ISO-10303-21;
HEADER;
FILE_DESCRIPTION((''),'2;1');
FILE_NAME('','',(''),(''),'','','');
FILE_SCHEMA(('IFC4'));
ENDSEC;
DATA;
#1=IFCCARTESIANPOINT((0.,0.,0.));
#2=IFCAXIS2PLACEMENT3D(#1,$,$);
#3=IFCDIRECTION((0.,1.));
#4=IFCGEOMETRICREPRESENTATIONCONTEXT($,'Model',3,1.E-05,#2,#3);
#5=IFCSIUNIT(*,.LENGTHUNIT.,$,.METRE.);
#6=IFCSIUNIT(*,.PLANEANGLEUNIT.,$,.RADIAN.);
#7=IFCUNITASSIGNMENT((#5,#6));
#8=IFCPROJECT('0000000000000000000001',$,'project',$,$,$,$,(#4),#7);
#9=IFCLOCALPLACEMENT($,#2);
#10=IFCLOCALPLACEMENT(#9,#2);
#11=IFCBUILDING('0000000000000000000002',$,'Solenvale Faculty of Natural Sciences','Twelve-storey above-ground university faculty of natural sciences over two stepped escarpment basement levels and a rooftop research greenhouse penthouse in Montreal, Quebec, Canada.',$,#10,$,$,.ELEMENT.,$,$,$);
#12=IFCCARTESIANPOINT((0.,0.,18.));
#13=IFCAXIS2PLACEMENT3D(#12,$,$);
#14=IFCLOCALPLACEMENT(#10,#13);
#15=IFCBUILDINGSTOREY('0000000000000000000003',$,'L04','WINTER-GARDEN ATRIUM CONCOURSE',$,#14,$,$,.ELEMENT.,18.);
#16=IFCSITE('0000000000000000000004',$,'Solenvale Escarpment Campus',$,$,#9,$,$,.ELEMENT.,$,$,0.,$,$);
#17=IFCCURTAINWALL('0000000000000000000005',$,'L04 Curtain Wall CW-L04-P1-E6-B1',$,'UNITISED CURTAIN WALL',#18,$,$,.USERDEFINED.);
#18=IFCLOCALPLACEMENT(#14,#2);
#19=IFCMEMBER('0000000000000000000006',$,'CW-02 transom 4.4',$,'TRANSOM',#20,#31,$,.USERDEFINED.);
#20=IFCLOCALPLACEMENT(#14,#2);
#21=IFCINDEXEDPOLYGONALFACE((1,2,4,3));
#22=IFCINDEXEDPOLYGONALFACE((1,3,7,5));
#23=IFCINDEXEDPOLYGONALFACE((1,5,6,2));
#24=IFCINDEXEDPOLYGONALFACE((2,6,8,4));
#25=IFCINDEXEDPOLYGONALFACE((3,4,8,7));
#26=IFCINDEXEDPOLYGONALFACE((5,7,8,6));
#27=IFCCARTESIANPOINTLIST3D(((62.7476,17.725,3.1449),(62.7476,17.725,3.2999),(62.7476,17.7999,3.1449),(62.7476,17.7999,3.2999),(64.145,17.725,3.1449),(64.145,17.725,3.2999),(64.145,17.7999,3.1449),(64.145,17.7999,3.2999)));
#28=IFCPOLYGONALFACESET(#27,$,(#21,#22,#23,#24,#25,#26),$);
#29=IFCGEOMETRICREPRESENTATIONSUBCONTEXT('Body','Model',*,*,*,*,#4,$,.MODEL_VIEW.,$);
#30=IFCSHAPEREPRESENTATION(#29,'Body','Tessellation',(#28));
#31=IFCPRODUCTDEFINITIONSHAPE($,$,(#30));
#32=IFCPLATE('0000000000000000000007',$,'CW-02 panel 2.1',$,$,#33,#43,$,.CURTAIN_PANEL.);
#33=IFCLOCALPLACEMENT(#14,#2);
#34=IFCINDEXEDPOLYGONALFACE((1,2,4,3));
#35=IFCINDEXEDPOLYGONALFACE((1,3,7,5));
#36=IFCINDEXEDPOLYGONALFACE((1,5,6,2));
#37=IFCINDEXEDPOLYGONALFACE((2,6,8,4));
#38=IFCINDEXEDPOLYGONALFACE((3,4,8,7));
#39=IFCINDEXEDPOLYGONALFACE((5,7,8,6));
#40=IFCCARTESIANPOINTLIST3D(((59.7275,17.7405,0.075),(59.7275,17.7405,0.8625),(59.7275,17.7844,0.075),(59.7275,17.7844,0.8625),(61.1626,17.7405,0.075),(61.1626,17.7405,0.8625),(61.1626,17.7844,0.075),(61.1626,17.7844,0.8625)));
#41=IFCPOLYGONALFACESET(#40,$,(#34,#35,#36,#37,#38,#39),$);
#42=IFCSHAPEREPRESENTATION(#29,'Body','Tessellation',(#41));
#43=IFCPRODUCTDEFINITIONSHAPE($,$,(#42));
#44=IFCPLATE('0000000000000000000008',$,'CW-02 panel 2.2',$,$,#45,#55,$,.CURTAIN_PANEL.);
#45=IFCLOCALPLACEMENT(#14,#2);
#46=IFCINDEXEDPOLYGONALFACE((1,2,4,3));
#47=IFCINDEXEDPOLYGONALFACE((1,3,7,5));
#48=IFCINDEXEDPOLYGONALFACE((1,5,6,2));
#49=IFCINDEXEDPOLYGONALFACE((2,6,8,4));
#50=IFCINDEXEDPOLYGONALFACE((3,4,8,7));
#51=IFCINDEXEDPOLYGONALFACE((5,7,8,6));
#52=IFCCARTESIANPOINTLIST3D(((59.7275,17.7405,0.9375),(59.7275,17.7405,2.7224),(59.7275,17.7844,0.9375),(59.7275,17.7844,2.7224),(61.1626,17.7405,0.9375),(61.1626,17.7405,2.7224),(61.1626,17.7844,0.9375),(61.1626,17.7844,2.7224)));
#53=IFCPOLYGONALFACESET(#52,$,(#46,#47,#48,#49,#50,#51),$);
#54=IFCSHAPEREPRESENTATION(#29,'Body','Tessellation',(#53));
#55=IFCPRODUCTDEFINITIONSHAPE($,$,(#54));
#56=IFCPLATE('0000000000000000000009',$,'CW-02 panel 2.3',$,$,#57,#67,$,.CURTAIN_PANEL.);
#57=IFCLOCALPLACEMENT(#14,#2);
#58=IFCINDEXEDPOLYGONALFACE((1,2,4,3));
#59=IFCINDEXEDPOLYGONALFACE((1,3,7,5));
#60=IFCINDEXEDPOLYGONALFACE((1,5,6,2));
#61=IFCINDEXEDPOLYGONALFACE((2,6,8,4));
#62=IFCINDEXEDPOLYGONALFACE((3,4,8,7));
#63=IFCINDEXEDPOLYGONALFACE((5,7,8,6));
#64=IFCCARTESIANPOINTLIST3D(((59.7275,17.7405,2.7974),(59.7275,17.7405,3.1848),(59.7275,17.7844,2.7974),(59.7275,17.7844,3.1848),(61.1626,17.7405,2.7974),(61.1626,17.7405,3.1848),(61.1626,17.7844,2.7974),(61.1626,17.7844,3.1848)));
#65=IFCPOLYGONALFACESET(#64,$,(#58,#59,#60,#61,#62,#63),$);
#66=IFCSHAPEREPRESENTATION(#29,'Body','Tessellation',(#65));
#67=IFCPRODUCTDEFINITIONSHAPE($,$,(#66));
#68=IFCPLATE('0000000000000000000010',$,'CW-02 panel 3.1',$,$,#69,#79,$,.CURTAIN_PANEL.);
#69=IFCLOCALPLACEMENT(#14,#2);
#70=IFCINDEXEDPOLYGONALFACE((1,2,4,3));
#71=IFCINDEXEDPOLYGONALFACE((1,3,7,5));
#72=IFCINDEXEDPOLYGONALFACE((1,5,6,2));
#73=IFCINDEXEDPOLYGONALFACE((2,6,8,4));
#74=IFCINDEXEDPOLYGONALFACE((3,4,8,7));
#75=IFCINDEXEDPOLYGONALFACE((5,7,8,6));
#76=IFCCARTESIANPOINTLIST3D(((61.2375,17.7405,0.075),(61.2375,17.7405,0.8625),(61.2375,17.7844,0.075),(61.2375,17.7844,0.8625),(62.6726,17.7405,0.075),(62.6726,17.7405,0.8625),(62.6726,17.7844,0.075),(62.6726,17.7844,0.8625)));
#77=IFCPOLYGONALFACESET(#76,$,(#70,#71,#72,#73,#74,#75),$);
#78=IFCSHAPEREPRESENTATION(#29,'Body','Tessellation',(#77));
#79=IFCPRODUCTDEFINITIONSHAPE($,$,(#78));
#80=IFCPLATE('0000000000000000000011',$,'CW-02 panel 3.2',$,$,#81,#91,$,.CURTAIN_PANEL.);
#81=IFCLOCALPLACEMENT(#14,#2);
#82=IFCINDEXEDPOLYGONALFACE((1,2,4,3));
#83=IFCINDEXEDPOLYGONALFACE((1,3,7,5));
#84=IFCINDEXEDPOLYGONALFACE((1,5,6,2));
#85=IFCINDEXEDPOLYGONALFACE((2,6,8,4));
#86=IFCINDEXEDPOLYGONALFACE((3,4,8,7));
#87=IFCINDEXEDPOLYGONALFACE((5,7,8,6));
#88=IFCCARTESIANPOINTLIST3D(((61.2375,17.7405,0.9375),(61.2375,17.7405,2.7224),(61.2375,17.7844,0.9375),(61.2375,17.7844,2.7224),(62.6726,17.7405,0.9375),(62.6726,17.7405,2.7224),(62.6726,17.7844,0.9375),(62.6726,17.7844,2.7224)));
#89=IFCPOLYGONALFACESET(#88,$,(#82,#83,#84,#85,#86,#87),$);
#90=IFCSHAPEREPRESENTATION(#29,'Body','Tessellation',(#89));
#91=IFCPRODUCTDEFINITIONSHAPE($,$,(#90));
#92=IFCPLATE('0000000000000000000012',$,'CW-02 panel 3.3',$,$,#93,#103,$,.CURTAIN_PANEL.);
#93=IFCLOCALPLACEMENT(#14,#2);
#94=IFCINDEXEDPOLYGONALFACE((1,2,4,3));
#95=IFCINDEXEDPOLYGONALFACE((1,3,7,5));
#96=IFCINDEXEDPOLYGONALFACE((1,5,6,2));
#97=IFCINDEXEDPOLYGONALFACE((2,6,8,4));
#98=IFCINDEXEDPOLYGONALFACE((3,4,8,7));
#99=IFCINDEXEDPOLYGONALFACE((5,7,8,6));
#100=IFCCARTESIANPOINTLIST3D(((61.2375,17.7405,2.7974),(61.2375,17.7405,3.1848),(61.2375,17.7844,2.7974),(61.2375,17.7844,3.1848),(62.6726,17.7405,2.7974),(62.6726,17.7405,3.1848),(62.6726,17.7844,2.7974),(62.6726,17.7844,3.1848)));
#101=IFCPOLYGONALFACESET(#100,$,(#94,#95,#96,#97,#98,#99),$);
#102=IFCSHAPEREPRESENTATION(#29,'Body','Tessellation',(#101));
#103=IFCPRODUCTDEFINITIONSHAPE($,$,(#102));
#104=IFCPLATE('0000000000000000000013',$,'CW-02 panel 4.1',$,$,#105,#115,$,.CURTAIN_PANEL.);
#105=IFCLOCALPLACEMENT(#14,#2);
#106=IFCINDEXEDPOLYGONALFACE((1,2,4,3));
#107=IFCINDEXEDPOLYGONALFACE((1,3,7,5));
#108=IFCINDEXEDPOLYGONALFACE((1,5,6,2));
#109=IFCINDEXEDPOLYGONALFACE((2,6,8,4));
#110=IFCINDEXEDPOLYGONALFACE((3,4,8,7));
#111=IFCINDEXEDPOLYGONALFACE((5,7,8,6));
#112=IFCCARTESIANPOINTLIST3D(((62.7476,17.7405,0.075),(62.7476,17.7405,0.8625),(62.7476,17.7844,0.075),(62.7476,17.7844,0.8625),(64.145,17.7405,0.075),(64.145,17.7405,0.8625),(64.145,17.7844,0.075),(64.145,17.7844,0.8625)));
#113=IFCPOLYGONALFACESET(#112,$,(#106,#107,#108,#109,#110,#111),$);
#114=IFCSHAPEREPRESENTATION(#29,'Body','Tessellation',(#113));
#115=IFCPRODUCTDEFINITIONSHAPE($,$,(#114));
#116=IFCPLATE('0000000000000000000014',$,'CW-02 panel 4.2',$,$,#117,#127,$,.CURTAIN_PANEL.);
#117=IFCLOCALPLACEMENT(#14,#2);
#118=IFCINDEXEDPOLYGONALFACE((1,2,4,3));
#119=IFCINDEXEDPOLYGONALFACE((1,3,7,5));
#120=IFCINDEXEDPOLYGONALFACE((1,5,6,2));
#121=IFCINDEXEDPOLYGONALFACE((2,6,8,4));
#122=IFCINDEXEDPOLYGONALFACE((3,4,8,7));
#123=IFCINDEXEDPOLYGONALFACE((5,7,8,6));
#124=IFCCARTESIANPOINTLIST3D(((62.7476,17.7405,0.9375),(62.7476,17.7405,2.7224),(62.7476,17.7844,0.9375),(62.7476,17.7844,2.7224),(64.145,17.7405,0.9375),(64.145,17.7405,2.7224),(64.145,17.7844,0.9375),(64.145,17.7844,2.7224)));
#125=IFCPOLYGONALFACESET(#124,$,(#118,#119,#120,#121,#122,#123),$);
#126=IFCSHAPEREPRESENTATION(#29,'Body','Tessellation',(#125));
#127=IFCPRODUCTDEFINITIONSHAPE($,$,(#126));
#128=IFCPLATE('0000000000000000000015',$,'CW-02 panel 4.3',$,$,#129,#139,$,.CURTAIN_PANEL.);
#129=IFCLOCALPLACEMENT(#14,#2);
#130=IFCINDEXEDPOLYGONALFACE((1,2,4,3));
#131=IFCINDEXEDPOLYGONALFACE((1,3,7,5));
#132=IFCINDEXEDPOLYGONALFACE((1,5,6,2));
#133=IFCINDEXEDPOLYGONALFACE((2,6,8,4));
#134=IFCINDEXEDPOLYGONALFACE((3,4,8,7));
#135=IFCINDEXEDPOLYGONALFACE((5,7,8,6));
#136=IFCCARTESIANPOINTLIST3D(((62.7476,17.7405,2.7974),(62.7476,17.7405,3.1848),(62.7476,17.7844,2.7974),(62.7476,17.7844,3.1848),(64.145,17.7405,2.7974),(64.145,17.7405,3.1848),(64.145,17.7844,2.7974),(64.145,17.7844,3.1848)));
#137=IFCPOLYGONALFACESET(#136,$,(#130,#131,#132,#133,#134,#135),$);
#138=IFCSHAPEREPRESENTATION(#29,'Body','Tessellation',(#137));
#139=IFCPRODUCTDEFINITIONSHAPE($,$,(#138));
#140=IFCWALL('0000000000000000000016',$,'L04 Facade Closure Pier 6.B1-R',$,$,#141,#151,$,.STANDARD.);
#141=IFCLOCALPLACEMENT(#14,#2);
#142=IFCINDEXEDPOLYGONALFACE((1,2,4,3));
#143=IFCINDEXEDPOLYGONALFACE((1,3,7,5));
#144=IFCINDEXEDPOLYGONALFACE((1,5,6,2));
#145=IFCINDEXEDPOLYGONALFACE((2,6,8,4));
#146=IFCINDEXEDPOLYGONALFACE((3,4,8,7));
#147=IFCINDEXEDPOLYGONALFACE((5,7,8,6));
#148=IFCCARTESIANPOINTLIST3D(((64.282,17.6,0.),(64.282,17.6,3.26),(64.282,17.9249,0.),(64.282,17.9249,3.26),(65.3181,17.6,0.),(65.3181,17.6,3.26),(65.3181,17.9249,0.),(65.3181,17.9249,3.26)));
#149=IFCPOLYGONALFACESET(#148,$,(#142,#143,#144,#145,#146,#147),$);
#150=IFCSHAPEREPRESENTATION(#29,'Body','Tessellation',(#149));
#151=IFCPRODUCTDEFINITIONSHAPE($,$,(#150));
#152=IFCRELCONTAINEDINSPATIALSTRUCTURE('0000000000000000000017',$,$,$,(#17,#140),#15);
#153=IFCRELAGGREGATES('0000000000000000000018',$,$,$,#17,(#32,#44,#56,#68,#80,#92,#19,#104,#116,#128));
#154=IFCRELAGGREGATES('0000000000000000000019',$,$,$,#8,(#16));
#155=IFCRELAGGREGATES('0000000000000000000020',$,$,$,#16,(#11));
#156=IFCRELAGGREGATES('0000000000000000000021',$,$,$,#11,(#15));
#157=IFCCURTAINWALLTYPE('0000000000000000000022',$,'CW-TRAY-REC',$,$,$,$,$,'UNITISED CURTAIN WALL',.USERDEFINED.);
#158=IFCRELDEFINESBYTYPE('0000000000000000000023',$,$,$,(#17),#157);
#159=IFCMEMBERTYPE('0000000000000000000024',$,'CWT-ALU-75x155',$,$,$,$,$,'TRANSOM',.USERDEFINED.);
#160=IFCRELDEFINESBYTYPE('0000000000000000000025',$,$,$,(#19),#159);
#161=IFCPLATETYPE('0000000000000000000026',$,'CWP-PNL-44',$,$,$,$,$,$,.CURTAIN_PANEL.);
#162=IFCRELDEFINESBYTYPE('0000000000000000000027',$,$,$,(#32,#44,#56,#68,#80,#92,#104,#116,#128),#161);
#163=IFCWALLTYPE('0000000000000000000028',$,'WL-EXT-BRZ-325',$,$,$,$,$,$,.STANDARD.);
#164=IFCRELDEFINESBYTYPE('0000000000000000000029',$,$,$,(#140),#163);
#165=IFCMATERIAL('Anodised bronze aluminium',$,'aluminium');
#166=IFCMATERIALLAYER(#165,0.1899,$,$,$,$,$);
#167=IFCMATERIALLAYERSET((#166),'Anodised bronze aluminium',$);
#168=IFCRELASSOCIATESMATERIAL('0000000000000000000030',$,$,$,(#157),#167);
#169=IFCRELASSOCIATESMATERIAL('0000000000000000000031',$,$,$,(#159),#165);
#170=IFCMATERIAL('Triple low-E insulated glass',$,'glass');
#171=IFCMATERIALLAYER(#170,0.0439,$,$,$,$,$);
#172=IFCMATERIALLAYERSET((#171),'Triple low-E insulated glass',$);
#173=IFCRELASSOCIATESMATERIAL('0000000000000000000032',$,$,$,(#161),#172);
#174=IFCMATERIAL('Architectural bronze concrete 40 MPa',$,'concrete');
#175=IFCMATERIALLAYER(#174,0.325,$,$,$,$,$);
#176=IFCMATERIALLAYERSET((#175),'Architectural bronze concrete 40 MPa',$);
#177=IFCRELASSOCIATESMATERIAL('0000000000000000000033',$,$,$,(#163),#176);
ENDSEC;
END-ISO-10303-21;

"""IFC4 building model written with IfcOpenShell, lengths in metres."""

from ifc_helpers import new_model, si_unit, direction, frame, frame_2d, origin, origin_2d, place, context, subcontext, project, spatial, rectangle, extrude, material, layer, layer_set, material_profile, profile_set, type_object, element, aggregate, save


model = new_model("IFC4")

# Units and contexts
model_context = context("Model", 3, precision=1e-05, world=origin(), true_north=direction((0.0, 1.0)))
body_context = subcontext(model_context, "Body", "Model", "MODEL_VIEW")
ifc_project = project(units=[si_unit("LENGTHUNIT", "METRE"), si_unit("PLANEANGLEUNIT", "RADIAN")], contexts=[model_context])

# Site, building, storey
site_placement = place(None, origin())
site = spatial("IfcSite", under=ifc_project, at=site_placement, Name="Solenvale Escarpment Campus", CompositionType="ELEMENT", RefElevation=0.0)
building_placement = place(site_placement, origin())
building = spatial("IfcBuilding", under=site, at=building_placement, Name="Solenvale Faculty of Natural Sciences", Description="Twelve-storey above-ground university faculty of natural sciences over two stepped escarpment basement levels and a rooftop research greenhouse penthouse in Montreal, Quebec, Canada.", CompositionType="ELEMENT")
storey_placement = place(building_placement, frame((0.0, 0.0, 18.0)))
storey = spatial("IfcBuildingStorey", under=building, at=storey_placement, Name="L04", Description="WINTER-GARDEN ATRIUM CONCOURSE", CompositionType="ELEMENT", Elevation=18.0)

# Curtain wall, member, plates
ifc_material_1 = material(Name="Anodised bronze aluminium", Category="aluminium")
ifc_layer_1 = layer(ifc_material_1, 0.1899)
ifc_layer_set_1 = layer_set([ifc_layer_1], Name="Anodised bronze aluminium")
curtain_wall_type = type_object("IfcCurtainWallType", Name="CW-TRAY-REC", ElementType="UNITISED CURTAIN WALL", PredefinedType="USERDEFINED", material=ifc_layer_set_1)
curtain_wall_placement = place(storey_placement, origin())
curtain_wall = element("IfcCurtainWall", 1, at=curtain_wall_placement, inside=storey, type_object=curtain_wall_type, Name="L04 Curtain Wall CW-L04-P1-E6-B1", ObjectType="UNITISED CURTAIN WALL", PredefinedType="USERDEFINED")
ifc_material_profile_1 = material_profile(ifc_material_1, rectangle(XDim=0.075, YDim=0.155, at=origin_2d()), Name="ALU-TRN-75x155")
ifc_profile_set_1 = profile_set([ifc_material_profile_1], Name="Anodised bronze aluminium")
member_type_1 = type_object("IfcMemberType", Name="CWT-ALU-75x155", ElementType="TRANSOM", PredefinedType="USERDEFINED", material=ifc_profile_set_1)
member_1_placement = place(storey_placement, frame((62.7476, 17.7625, 3.2224), z_axis=(1.0, 0.0, 0.0), x_axis=(0.0, 1.0, 0.0)))
member_1 = element("IfcMember", 2, at=member_1_placement, type_object=member_type_1, Name="CW-02 transom 4.4", ObjectType="TRANSOM", PredefinedType="USERDEFINED", context=body_context, shape_type="SweptSolid", body=[
    extrude(rectangle(XDim=0.075, YDim=0.155, at=origin_2d()), origin(), (0.0, 0.0, 1.0), 1.3975),
])
ifc_material_2 = material(Name="Triple low-E insulated glass", Category="glass")
ifc_layer_2 = layer(ifc_material_2, 0.0439)
ifc_layer_set_2 = layer_set([ifc_layer_2], Name="Triple low-E insulated glass")
plate_type = type_object("IfcPlateType", Name="CWP-PNL-44", PredefinedType="CURTAIN_PANEL", material=ifc_layer_set_2)
plate_1_placement = place(storey_placement, frame((60.4451, 17.7625, 0.075), z_axis=(0.0, 0.0, 1.0), x_axis=(1.0, 0.0, 0.0)))
plate_1 = element("IfcPlate", 3, at=plate_1_placement, type_object=plate_type, Name="CW-02 panel 2.1", PredefinedType="CURTAIN_PANEL", context=body_context, shape_type="SweptSolid", body=[
    extrude(rectangle(XDim=1.4351, YDim=0.0439, at=origin_2d()), origin(), (0.0, 0.0, 1.0), 0.7876),
])
plate_2_placement = place(storey_placement, frame((60.4451, 17.7625, 0.9375), z_axis=(0.0, 0.0, 1.0), x_axis=(1.0, 0.0, 0.0)))
plate_2 = element("IfcPlate", 4, at=plate_2_placement, type_object=plate_type, Name="CW-02 panel 2.2", PredefinedType="CURTAIN_PANEL", context=body_context, shape_type="SweptSolid", body=[
    extrude(rectangle(XDim=1.4351, YDim=0.0439, at=origin_2d()), origin(), (0.0, 0.0, 1.0), 1.7849),
])
plate_3_placement = place(storey_placement, frame((60.4451, 17.7625, 2.7974), z_axis=(0.0, 0.0, 1.0), x_axis=(1.0, 0.0, 0.0)))
plate_3 = element("IfcPlate", 5, at=plate_3_placement, type_object=plate_type, Name="CW-02 panel 2.3", PredefinedType="CURTAIN_PANEL", context=body_context, shape_type="SweptSolid", body=[
    extrude(rectangle(XDim=1.4351, YDim=0.0439, at=origin_2d()), origin(), (0.0, 0.0, 1.0), 0.3875),
])
plate_4_placement = place(storey_placement, frame((61.9551, 17.7625, 0.075), z_axis=(0.0, 0.0, 1.0), x_axis=(1.0, 0.0, 0.0)))
plate_4 = element("IfcPlate", 6, at=plate_4_placement, type_object=plate_type, Name="CW-02 panel 3.1", PredefinedType="CURTAIN_PANEL", context=body_context, shape_type="SweptSolid", body=[
    extrude(rectangle(XDim=1.4351, YDim=0.0439, at=origin_2d()), origin(), (0.0, 0.0, 1.0), 0.7876),
])
plate_5_placement = place(storey_placement, frame((61.9551, 17.7625, 0.9375), z_axis=(0.0, 0.0, 1.0), x_axis=(1.0, 0.0, 0.0)))
plate_5 = element("IfcPlate", 7, at=plate_5_placement, type_object=plate_type, Name="CW-02 panel 3.2", PredefinedType="CURTAIN_PANEL", context=body_context, shape_type="SweptSolid", body=[
    extrude(rectangle(XDim=1.4351, YDim=0.0439, at=origin_2d()), origin(), (0.0, 0.0, 1.0), 1.7849),
])
plate_6_placement = place(storey_placement, frame((61.9551, 17.7625, 2.7974), z_axis=(0.0, 0.0, 1.0), x_axis=(1.0, 0.0, 0.0)))
plate_6 = element("IfcPlate", 8, at=plate_6_placement, type_object=plate_type, Name="CW-02 panel 3.3", PredefinedType="CURTAIN_PANEL", context=body_context, shape_type="SweptSolid", body=[
    extrude(rectangle(XDim=1.4351, YDim=0.0439, at=origin_2d()), origin(), (0.0, 0.0, 1.0), 0.3875),
])
plate_7_placement = place(storey_placement, frame((63.4463, 17.7625, 0.075), z_axis=(0.0, 0.0, 1.0), x_axis=(1.0, 0.0, 0.0)))
plate_7 = element("IfcPlate", 9, at=plate_7_placement, type_object=plate_type, Name="CW-02 panel 4.1", PredefinedType="CURTAIN_PANEL", context=body_context, shape_type="SweptSolid", body=[
    extrude(rectangle(XDim=1.3975, YDim=0.0439, at=origin_2d()), origin(), (0.0, 0.0, 1.0), 0.7876),
])
plate_8_placement = place(storey_placement, frame((63.4463, 17.7625, 0.9375), z_axis=(0.0, 0.0, 1.0), x_axis=(1.0, 0.0, 0.0)))
plate_8 = element("IfcPlate", 10, at=plate_8_placement, type_object=plate_type, Name="CW-02 panel 4.2", PredefinedType="CURTAIN_PANEL", context=body_context, shape_type="SweptSolid", body=[
    extrude(rectangle(XDim=1.3975, YDim=0.0439, at=origin_2d()), origin(), (0.0, 0.0, 1.0), 1.7849),
])
plate_9_placement = place(storey_placement, frame((63.4463, 17.7625, 2.7974), z_axis=(0.0, 0.0, 1.0), x_axis=(1.0, 0.0, 0.0)))
plate_9 = element("IfcPlate", 11, at=plate_9_placement, type_object=plate_type, Name="CW-02 panel 4.3", PredefinedType="CURTAIN_PANEL", context=body_context, shape_type="SweptSolid", body=[
    extrude(rectangle(XDim=1.3975, YDim=0.0439, at=origin_2d()), origin(), (0.0, 0.0, 1.0), 0.3875),
])
aggregate(curtain_wall, [plate_1, plate_2, plate_3, plate_4, plate_5, plate_6, member_1, plate_7, plate_8, plate_9])

# Wall
ifc_material_3 = material(Name="Architectural bronze concrete 40 MPa", Category="concrete")
ifc_layer_3 = layer(ifc_material_3, 0.325)
ifc_layer_set_3 = layer_set([ifc_layer_3], Name="Architectural bronze concrete 40 MPa")
wall_type = type_object("IfcWallType", Name="WL-EXT-BRZ-325", PredefinedType="STANDARD", material=ifc_layer_set_3)
wall_placement = place(storey_placement, frame((64.282, 17.7625, 0.0), z_axis=(0.0, 0.0, 1.0), x_axis=(1.0, 0.0, 0.0)))
element("IfcWall", 12, at=wall_placement, inside=storey, type_object=wall_type, Name="L04 Facade Closure Pier 6.B1-R", PredefinedType="STANDARD", context=body_context, shape_type="SweptSolid", body=[
    extrude(rectangle(XDim=1.0361, YDim=0.325, at=frame_2d((0.5181, 0.0))), origin(), (0.0, 0.0, 1.0), 3.26),
])

save(model, "model.ifc")
